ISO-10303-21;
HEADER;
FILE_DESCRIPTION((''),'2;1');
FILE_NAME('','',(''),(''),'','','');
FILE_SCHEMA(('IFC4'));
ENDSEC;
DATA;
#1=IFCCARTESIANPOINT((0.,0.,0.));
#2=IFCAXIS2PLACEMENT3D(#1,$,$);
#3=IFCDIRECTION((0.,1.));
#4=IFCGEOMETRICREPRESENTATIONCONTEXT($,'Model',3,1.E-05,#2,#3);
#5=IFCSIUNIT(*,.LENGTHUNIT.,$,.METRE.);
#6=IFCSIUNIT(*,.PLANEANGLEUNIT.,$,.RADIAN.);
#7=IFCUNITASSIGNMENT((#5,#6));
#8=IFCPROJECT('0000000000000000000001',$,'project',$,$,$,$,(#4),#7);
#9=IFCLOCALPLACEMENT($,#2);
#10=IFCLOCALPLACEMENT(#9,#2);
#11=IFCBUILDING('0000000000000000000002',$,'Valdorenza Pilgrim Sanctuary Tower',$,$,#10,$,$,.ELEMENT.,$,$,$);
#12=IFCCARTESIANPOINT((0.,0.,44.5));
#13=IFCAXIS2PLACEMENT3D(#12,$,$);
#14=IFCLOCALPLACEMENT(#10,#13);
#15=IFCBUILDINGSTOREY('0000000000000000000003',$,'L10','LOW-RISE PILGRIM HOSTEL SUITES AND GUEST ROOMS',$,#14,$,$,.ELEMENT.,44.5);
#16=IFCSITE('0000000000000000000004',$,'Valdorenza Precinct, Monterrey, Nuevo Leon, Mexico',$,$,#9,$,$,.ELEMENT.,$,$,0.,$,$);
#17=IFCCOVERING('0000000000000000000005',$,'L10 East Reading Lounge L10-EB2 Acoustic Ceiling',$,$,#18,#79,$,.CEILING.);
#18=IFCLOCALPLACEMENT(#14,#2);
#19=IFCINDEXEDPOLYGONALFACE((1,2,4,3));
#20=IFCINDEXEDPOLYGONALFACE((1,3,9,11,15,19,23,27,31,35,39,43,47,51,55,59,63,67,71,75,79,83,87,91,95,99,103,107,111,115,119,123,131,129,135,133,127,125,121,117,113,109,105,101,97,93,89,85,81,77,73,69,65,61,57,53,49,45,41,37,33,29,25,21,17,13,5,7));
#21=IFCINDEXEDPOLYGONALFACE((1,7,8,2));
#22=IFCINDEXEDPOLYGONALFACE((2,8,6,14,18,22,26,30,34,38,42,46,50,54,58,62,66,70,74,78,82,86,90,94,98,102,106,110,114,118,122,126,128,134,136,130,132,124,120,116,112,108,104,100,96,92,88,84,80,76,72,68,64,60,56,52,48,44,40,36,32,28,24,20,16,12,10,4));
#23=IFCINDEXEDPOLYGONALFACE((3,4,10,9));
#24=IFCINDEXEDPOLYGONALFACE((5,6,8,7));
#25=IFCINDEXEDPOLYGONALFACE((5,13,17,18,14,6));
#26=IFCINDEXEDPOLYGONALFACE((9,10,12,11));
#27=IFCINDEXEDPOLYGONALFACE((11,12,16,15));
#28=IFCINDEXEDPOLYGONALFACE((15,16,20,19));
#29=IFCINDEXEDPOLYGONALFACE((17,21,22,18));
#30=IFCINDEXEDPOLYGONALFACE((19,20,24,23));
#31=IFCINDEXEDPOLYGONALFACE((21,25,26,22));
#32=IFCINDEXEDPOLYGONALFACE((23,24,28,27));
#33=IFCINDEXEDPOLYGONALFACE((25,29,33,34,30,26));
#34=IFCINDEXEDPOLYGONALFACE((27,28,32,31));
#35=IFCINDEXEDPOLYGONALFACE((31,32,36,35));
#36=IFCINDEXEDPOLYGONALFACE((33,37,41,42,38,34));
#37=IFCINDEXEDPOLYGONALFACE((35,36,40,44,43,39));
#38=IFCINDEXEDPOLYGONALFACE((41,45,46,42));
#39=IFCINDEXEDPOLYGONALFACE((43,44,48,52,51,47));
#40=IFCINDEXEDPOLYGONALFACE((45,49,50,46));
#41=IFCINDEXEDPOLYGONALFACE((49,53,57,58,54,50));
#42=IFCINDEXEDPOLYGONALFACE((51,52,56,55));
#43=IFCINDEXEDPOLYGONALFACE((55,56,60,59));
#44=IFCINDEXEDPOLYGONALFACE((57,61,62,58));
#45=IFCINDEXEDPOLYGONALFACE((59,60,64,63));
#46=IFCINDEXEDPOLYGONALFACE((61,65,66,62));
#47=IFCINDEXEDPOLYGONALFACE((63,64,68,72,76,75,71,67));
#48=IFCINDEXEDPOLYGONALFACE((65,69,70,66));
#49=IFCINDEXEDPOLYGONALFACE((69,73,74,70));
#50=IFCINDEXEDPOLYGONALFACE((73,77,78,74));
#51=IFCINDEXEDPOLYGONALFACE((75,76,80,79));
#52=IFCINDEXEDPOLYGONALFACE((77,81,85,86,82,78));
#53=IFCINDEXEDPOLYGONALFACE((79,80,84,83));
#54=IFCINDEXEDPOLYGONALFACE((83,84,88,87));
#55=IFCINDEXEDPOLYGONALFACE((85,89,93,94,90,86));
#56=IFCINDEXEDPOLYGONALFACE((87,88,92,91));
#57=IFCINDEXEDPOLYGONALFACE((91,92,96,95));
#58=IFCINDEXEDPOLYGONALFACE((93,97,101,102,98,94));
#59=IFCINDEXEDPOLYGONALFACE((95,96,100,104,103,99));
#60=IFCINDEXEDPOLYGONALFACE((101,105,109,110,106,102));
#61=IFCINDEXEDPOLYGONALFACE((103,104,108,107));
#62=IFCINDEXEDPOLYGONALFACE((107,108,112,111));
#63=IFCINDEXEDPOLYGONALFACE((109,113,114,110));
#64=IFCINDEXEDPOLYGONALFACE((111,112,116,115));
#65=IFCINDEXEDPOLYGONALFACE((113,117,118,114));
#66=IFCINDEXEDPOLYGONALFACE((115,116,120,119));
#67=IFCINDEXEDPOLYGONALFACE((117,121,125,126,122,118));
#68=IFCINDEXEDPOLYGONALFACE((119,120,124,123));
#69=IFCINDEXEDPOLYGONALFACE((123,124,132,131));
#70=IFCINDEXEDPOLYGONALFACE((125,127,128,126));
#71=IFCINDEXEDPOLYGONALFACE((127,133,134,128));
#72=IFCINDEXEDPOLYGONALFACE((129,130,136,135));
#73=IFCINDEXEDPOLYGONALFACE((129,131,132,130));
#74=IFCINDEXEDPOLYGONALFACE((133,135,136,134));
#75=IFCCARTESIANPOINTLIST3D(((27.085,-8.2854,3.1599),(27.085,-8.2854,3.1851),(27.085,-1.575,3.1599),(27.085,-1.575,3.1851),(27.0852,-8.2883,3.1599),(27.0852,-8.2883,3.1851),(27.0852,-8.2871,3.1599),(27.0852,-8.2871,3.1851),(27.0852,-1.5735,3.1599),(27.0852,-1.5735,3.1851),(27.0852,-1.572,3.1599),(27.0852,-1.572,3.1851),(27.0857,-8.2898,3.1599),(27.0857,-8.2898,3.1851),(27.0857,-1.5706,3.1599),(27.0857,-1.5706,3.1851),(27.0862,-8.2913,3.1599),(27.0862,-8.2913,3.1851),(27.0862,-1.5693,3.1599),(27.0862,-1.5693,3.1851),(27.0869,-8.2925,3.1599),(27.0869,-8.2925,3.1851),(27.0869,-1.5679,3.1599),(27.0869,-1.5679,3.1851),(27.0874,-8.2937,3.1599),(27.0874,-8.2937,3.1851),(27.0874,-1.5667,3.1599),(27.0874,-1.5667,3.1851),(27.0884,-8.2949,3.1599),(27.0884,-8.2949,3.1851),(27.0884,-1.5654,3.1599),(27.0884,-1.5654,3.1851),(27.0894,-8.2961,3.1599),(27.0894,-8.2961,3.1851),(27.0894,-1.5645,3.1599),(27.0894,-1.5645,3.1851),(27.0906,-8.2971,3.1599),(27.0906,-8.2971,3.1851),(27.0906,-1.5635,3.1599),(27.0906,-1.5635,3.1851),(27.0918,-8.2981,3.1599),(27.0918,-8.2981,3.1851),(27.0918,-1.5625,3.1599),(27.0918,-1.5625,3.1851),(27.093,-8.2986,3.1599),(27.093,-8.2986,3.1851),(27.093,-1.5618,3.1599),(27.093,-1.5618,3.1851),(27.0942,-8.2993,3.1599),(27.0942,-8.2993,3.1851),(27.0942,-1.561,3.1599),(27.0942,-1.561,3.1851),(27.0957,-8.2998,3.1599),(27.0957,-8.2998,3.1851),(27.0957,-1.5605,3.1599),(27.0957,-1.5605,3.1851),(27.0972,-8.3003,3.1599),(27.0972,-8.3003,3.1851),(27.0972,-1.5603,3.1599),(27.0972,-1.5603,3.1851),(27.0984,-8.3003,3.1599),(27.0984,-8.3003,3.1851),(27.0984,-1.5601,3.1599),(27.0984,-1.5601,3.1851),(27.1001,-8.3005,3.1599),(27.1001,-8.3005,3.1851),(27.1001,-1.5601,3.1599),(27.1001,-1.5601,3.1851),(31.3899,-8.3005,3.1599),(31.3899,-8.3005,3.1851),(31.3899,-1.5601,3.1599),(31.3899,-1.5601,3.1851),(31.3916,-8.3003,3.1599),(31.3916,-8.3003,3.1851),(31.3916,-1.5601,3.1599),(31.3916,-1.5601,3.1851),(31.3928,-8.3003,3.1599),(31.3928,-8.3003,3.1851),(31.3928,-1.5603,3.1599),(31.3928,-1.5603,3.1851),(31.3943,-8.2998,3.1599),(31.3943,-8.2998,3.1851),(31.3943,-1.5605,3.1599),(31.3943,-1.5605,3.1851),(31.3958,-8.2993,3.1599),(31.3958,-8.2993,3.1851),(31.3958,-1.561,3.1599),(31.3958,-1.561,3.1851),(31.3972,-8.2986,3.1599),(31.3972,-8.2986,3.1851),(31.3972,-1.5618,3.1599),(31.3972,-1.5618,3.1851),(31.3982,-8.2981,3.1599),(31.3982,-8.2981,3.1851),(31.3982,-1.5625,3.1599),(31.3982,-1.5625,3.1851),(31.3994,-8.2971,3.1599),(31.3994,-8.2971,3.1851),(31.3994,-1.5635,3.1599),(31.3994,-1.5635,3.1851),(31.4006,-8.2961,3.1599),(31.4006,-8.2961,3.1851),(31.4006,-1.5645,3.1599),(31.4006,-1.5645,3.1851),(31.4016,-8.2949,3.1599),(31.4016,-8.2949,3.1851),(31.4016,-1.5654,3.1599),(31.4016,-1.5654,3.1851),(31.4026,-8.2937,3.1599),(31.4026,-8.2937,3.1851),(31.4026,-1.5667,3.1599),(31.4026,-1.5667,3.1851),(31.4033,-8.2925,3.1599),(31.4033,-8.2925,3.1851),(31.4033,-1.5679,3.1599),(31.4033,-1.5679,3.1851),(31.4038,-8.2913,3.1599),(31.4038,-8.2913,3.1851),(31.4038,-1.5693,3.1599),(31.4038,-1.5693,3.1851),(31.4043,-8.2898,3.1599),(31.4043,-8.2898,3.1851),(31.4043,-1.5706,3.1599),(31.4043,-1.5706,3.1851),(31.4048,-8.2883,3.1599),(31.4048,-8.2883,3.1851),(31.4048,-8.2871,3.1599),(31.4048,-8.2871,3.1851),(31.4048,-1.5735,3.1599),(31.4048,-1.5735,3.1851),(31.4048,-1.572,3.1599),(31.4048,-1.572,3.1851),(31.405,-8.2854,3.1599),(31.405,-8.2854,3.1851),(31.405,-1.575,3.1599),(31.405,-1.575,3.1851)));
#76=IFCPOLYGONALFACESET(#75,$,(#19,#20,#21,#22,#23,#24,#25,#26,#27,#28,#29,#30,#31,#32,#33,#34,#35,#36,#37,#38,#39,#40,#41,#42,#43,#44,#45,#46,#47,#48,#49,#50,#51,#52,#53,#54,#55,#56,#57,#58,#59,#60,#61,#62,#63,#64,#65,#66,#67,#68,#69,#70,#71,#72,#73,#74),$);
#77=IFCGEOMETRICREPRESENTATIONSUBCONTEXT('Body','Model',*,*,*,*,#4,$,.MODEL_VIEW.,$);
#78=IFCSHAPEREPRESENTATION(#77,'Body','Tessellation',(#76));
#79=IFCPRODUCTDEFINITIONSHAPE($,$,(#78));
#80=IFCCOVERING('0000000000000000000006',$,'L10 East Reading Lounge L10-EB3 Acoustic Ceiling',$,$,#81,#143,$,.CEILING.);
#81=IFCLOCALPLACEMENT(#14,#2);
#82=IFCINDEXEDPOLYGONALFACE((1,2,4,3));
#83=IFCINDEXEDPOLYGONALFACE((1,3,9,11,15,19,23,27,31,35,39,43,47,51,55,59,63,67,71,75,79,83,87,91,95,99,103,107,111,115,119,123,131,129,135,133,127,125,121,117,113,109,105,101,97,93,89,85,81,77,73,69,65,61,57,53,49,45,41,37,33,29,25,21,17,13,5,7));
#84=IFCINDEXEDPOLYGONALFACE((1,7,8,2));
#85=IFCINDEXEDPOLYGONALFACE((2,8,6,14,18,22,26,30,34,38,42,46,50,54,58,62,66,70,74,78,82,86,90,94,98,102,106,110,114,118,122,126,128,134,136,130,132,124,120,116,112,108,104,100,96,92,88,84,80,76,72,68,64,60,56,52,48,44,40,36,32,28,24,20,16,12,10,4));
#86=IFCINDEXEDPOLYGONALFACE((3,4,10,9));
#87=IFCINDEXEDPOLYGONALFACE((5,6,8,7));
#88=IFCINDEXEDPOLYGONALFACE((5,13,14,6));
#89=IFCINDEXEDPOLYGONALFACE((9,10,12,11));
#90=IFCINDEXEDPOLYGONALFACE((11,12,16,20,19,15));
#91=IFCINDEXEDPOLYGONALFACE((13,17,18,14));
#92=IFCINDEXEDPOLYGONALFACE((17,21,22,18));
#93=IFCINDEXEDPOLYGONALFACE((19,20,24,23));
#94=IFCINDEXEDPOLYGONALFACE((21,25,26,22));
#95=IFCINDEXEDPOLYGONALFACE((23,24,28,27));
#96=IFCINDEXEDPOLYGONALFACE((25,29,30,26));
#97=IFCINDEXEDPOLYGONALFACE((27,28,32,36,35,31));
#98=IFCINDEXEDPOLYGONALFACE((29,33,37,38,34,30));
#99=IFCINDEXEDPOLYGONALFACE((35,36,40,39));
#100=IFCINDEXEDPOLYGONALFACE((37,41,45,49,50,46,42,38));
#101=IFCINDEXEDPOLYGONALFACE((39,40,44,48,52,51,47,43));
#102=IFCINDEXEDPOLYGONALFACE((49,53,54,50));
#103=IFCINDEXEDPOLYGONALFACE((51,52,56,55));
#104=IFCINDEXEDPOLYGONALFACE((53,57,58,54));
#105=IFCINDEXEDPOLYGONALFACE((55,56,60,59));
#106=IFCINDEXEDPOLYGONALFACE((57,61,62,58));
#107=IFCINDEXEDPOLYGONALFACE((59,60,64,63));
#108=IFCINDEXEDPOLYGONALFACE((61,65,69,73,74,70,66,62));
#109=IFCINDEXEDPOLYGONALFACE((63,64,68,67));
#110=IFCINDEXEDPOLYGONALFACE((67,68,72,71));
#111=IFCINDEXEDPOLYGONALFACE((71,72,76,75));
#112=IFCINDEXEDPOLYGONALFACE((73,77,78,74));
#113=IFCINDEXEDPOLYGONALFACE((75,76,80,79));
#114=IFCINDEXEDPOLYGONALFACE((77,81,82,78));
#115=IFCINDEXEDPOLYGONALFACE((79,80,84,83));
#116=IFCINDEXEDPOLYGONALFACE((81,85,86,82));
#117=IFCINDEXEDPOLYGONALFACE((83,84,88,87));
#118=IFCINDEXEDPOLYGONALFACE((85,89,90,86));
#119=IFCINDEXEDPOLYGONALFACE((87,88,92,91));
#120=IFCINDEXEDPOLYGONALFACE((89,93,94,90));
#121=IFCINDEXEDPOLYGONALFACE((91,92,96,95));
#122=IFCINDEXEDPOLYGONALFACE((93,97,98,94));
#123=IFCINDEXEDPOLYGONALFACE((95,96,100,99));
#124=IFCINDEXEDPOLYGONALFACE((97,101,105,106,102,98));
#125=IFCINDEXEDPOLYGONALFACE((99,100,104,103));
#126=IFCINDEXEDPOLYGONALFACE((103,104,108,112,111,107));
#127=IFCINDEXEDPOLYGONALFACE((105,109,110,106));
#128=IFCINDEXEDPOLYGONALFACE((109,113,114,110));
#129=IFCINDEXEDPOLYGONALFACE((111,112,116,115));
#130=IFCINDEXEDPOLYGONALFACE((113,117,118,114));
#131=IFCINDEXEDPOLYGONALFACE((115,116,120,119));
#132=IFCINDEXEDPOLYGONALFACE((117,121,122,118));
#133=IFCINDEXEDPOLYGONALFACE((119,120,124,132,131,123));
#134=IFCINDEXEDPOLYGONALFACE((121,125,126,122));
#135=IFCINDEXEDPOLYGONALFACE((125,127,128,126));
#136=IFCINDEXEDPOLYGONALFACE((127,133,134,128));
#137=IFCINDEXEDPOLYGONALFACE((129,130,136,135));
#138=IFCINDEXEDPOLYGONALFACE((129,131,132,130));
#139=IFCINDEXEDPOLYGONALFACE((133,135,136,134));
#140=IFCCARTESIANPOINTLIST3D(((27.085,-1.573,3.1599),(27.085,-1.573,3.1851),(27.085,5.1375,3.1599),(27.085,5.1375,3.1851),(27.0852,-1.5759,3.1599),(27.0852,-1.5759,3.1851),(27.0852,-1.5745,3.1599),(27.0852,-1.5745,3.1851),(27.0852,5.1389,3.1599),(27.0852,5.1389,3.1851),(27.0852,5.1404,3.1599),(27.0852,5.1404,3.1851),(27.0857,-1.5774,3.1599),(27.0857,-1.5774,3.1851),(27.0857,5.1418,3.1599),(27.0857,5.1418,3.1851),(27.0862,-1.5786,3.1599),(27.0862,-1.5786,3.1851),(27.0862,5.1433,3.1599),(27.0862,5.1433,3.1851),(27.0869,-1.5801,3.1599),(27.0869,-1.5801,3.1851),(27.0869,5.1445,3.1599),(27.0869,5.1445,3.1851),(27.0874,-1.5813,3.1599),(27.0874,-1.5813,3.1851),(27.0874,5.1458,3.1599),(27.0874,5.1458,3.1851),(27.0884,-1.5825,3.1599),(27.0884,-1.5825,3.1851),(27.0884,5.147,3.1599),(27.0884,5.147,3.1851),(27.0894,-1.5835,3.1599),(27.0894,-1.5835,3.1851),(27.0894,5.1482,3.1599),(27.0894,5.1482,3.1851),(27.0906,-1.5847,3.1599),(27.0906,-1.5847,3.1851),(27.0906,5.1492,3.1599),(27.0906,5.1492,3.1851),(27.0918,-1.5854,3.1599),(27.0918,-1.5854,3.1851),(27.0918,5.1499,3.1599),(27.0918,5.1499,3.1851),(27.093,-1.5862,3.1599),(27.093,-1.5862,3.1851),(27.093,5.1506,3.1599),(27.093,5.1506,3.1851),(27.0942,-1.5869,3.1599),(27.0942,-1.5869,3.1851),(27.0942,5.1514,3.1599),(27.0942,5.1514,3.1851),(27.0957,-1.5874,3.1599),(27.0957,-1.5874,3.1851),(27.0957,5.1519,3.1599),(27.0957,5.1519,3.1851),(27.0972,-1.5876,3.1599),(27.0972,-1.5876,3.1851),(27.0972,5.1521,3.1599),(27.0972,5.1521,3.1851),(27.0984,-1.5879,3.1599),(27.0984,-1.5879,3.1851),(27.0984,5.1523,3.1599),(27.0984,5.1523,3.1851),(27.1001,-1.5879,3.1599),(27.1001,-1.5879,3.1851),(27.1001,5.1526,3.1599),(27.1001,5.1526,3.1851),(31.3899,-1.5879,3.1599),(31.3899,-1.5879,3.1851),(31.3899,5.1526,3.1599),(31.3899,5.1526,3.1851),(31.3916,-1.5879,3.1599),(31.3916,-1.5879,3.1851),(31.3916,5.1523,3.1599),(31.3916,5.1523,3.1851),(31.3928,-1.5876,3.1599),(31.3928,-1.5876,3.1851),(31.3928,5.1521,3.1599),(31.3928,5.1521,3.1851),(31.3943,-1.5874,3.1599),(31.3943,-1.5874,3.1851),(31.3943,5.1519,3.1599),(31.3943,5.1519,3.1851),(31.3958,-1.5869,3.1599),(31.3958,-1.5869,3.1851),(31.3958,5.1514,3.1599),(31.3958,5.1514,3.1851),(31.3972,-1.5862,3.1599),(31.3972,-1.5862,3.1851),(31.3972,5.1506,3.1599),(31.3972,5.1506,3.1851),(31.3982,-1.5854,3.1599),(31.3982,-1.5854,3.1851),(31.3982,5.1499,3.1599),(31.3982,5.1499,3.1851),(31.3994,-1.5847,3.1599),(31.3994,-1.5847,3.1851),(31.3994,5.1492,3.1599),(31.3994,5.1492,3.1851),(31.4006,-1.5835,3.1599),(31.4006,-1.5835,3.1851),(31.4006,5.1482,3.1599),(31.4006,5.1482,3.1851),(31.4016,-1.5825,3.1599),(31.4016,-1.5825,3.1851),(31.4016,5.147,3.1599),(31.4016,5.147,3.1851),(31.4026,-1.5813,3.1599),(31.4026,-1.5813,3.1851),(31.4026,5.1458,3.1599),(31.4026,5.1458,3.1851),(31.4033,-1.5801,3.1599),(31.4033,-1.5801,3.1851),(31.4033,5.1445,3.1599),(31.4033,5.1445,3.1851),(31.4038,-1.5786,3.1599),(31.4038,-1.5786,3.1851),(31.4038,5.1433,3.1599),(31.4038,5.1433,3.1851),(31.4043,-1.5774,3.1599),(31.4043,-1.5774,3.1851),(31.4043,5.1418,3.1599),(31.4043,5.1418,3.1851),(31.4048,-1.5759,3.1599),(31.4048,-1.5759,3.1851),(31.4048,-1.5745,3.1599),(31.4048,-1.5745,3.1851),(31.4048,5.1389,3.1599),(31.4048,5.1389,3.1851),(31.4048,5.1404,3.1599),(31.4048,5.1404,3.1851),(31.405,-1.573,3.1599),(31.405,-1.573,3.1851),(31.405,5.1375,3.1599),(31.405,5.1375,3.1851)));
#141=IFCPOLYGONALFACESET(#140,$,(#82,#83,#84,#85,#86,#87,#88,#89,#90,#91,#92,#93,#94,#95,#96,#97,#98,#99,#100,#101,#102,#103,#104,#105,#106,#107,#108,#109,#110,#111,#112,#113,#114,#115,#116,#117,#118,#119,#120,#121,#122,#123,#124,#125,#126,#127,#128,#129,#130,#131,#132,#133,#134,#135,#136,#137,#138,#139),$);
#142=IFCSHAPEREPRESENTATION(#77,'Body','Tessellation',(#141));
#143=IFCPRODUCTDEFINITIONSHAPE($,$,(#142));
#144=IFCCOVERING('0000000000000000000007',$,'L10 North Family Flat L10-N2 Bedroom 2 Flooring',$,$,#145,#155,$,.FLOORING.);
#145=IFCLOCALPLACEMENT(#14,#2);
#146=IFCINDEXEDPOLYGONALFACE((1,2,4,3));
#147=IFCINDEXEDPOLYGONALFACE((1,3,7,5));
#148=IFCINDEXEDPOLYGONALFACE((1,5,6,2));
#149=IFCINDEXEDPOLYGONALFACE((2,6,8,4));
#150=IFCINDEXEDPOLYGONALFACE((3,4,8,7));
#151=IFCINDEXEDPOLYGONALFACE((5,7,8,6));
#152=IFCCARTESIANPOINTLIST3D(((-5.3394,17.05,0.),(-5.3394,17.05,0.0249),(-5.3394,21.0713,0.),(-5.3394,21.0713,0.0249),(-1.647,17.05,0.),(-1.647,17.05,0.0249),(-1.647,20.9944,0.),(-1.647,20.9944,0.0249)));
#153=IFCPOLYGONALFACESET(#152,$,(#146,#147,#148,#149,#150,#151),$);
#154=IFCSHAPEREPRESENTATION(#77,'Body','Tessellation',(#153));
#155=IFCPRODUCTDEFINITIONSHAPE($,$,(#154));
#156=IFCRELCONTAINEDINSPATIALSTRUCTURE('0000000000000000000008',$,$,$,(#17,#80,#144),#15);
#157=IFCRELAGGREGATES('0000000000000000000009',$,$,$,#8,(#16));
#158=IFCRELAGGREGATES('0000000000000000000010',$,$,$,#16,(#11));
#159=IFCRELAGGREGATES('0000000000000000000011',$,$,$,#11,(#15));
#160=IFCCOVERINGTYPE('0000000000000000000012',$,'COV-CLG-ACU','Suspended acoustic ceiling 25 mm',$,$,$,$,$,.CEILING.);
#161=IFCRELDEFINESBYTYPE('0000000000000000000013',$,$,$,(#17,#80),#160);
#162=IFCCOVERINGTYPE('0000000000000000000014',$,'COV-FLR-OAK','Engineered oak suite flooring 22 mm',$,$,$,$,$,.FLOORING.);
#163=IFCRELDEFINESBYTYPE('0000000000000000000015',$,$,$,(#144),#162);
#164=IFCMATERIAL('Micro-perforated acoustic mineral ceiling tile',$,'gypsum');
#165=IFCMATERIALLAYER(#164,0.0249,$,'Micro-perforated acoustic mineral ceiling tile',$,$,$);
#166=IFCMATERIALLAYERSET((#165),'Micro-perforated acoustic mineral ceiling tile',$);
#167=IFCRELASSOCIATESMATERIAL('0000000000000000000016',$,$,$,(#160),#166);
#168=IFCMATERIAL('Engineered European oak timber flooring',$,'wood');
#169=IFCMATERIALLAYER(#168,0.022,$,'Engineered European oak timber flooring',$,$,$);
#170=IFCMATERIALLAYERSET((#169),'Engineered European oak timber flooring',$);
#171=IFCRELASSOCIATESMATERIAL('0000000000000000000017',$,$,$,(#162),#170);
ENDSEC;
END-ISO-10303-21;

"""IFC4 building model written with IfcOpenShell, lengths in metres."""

from ifc_helpers import new_model, si_unit, direction, frame, origin, place, context, subcontext, project, spatial, polyline, outline, extrude, material, layer, layer_set, type_object, element, save


model = new_model("IFC4")

# Units and contexts
model_context = context("Model", 3, precision=1e-05, world=origin(), true_north=direction((0.0, 1.0)))
body_context = subcontext(model_context, "Body", "Model", "MODEL_VIEW")
ifc_project = project(units=[si_unit("LENGTHUNIT", "METRE"), si_unit("PLANEANGLEUNIT", "RADIAN")], contexts=[model_context])

# Site, building, storey
site_placement = place(None, origin())
site = spatial("IfcSite", under=ifc_project, at=site_placement, Name="Valdorenza Precinct, Monterrey, Nuevo Leon, Mexico", CompositionType="ELEMENT", RefElevation=0.0)
building_placement = place(site_placement, origin())
building = spatial("IfcBuilding", under=site, at=building_placement, Name="Valdorenza Pilgrim Sanctuary Tower", CompositionType="ELEMENT")
storey_placement = place(building_placement, frame((0.0, 0.0, 44.5)))
storey = spatial("IfcBuildingStorey", under=building, at=storey_placement, Name="L10", Description="LOW-RISE PILGRIM HOSTEL SUITES AND GUEST ROOMS", CompositionType="ELEMENT", Elevation=44.5)

# Coverings
ifc_material_1 = material(Name="Micro-perforated acoustic mineral ceiling tile", Category="gypsum")
ifc_layer_1 = layer(ifc_material_1, 0.0249, Name="Micro-perforated acoustic mineral ceiling tile")
ifc_layer_set_1 = layer_set([ifc_layer_1], Name="Micro-perforated acoustic mineral ceiling tile")
covering_type_1 = type_object("IfcCoveringType", Name="COV-CLG-ACU", Description="Suspended acoustic ceiling 25 mm", PredefinedType="CEILING", material=ifc_layer_set_1)
covering_1_placement = place(storey_placement, frame((0.0, 0.0, 3.1599)))
element("IfcCovering", 1, at=covering_1_placement, inside=storey, type_object=covering_type_1, Name="L10 East Reading Lounge L10-EB2 Acoustic Ceiling", PredefinedType="CEILING", context=body_context, shape_type="SweptSolid", body=[
    extrude(outline(polyline([(27.085, -1.575), (27.0852, -1.5735), (27.0852, -1.572), (27.0857, -1.5706), (27.0862, -1.5693), (27.0869, -1.5679), (27.0874, -1.5667), (27.0884, -1.5654), (27.0894, -1.5645), (27.0906, -1.5635), (27.0918, -1.5625), (27.093, -1.5618), (27.0942, -1.561), (27.0957, -1.5605), (27.0972, -1.5603), (27.0984, -1.5601), (27.1001, -1.5601), (31.3899, -1.5601), (31.3916, -1.5601), (31.3928, -1.5603), (31.3943, -1.5605), (31.3958, -1.561), (31.3972, -1.5618), (31.3982, -1.5625), (31.3994, -1.5635), (31.4006, -1.5645), (31.4016, -1.5654), (31.4026, -1.5667), (31.4033, -1.5679), (31.4038, -1.5693), (31.4043, -1.5706), (31.4048, -1.572), (31.4048, -1.5735), (31.405, -1.575), (31.405, -8.2854), (31.4048, -8.2871), (31.4048, -8.2883), (31.4043, -8.2898), (31.4038, -8.2913), (31.4033, -8.2925), (31.4026, -8.2937), (31.4016, -8.2949), (31.4006, -8.2961), (31.3994, -8.2971), (31.3982, -8.2981), (31.3972, -8.2986), (31.3958, -8.2993), (31.3943, -8.2998), (31.3928, -8.3003), (31.3916, -8.3003), (31.3899, -8.3005), (27.1001, -8.3005), (27.0984, -8.3003), (27.0972, -8.3003), (27.0957, -8.2998), (27.0942, -8.2993), (27.093, -8.2986), (27.0918, -8.2981), (27.0906, -8.2971), (27.0894, -8.2961), (27.0884, -8.2949), (27.0874, -8.2937), (27.0869, -8.2925), (27.0862, -8.2913), (27.0857, -8.2898), (27.0852, -8.2883), (27.0852, -8.2871), (27.085, -8.2854), (27.085, -1.575)])), origin(), (0.0, 0.0, 1.0), 0.0251),
])
covering_2_placement = place(storey_placement, frame((0.0, 0.0, 3.1599)))
element("IfcCovering", 2, at=covering_2_placement, inside=storey, type_object=covering_type_1, Name="L10 East Reading Lounge L10-EB3 Acoustic Ceiling", PredefinedType="CEILING", context=body_context, shape_type="SweptSolid", body=[
    extrude(outline(polyline([(27.085, 5.1375), (27.0852, 5.1389), (27.0852, 5.1404), (27.0857, 5.1418), (27.0862, 5.1433), (27.0869, 5.1445), (27.0874, 5.1458), (27.0884, 5.147), (27.0894, 5.1482), (27.0906, 5.1492), (27.0918, 5.1499), (27.093, 5.1506), (27.0942, 5.1514), (27.0957, 5.1519), (27.0972, 5.1521), (27.0984, 5.1523), (27.1001, 5.1526), (31.3899, 5.1526), (31.3916, 5.1523), (31.3928, 5.1521), (31.3943, 5.1519), (31.3958, 5.1514), (31.3972, 5.1506), (31.3982, 5.1499), (31.3994, 5.1492), (31.4006, 5.1482), (31.4016, 5.147), (31.4026, 5.1458), (31.4033, 5.1445), (31.4038, 5.1433), (31.4043, 5.1418), (31.4048, 5.1404), (31.4048, 5.1389), (31.405, 5.1375), (31.405, -1.573), (31.4048, -1.5745), (31.4048, -1.5759), (31.4043, -1.5774), (31.4038, -1.5786), (31.4033, -1.5801), (31.4026, -1.5813), (31.4016, -1.5825), (31.4006, -1.5835), (31.3994, -1.5847), (31.3982, -1.5854), (31.3972, -1.5862), (31.3958, -1.5869), (31.3943, -1.5874), (31.3928, -1.5876), (31.3916, -1.5879), (31.3899, -1.5879), (27.1001, -1.5879), (27.0984, -1.5879), (27.0972, -1.5876), (27.0957, -1.5874), (27.0942, -1.5869), (27.093, -1.5862), (27.0918, -1.5854), (27.0906, -1.5847), (27.0894, -1.5835), (27.0884, -1.5825), (27.0874, -1.5813), (27.0869, -1.5801), (27.0862, -1.5786), (27.0857, -1.5774), (27.0852, -1.5759), (27.0852, -1.5745), (27.085, -1.573), (27.085, 5.1375)])), origin(), (0.0, 0.0, 1.0), 0.0251),
])
ifc_material_2 = material(Name="Engineered European oak timber flooring", Category="wood")
ifc_layer_2 = layer(ifc_material_2, 0.022, Name="Engineered European oak timber flooring")
ifc_layer_set_2 = layer_set([ifc_layer_2], Name="Engineered European oak timber flooring")
covering_type_2 = type_object("IfcCoveringType", Name="COV-FLR-OAK", Description="Engineered oak suite flooring 22 mm", PredefinedType="FLOORING", material=ifc_layer_set_2)
covering_3_placement = place(storey_placement, origin())
element("IfcCovering", 3, at=covering_3_placement, inside=storey, type_object=covering_type_2, Name="L10 North Family Flat L10-N2 Bedroom 2 Flooring", PredefinedType="FLOORING", context=body_context, shape_type="SweptSolid", body=[
    extrude(outline(polyline([(-5.3394, 17.05), (-5.3394, 21.0713), (-1.647, 20.9944), (-1.647, 17.05), (-5.3394, 17.05)])), origin(), (0.0, 0.0, 1.0), 0.0249),
])

save(model, "model.ifc")
